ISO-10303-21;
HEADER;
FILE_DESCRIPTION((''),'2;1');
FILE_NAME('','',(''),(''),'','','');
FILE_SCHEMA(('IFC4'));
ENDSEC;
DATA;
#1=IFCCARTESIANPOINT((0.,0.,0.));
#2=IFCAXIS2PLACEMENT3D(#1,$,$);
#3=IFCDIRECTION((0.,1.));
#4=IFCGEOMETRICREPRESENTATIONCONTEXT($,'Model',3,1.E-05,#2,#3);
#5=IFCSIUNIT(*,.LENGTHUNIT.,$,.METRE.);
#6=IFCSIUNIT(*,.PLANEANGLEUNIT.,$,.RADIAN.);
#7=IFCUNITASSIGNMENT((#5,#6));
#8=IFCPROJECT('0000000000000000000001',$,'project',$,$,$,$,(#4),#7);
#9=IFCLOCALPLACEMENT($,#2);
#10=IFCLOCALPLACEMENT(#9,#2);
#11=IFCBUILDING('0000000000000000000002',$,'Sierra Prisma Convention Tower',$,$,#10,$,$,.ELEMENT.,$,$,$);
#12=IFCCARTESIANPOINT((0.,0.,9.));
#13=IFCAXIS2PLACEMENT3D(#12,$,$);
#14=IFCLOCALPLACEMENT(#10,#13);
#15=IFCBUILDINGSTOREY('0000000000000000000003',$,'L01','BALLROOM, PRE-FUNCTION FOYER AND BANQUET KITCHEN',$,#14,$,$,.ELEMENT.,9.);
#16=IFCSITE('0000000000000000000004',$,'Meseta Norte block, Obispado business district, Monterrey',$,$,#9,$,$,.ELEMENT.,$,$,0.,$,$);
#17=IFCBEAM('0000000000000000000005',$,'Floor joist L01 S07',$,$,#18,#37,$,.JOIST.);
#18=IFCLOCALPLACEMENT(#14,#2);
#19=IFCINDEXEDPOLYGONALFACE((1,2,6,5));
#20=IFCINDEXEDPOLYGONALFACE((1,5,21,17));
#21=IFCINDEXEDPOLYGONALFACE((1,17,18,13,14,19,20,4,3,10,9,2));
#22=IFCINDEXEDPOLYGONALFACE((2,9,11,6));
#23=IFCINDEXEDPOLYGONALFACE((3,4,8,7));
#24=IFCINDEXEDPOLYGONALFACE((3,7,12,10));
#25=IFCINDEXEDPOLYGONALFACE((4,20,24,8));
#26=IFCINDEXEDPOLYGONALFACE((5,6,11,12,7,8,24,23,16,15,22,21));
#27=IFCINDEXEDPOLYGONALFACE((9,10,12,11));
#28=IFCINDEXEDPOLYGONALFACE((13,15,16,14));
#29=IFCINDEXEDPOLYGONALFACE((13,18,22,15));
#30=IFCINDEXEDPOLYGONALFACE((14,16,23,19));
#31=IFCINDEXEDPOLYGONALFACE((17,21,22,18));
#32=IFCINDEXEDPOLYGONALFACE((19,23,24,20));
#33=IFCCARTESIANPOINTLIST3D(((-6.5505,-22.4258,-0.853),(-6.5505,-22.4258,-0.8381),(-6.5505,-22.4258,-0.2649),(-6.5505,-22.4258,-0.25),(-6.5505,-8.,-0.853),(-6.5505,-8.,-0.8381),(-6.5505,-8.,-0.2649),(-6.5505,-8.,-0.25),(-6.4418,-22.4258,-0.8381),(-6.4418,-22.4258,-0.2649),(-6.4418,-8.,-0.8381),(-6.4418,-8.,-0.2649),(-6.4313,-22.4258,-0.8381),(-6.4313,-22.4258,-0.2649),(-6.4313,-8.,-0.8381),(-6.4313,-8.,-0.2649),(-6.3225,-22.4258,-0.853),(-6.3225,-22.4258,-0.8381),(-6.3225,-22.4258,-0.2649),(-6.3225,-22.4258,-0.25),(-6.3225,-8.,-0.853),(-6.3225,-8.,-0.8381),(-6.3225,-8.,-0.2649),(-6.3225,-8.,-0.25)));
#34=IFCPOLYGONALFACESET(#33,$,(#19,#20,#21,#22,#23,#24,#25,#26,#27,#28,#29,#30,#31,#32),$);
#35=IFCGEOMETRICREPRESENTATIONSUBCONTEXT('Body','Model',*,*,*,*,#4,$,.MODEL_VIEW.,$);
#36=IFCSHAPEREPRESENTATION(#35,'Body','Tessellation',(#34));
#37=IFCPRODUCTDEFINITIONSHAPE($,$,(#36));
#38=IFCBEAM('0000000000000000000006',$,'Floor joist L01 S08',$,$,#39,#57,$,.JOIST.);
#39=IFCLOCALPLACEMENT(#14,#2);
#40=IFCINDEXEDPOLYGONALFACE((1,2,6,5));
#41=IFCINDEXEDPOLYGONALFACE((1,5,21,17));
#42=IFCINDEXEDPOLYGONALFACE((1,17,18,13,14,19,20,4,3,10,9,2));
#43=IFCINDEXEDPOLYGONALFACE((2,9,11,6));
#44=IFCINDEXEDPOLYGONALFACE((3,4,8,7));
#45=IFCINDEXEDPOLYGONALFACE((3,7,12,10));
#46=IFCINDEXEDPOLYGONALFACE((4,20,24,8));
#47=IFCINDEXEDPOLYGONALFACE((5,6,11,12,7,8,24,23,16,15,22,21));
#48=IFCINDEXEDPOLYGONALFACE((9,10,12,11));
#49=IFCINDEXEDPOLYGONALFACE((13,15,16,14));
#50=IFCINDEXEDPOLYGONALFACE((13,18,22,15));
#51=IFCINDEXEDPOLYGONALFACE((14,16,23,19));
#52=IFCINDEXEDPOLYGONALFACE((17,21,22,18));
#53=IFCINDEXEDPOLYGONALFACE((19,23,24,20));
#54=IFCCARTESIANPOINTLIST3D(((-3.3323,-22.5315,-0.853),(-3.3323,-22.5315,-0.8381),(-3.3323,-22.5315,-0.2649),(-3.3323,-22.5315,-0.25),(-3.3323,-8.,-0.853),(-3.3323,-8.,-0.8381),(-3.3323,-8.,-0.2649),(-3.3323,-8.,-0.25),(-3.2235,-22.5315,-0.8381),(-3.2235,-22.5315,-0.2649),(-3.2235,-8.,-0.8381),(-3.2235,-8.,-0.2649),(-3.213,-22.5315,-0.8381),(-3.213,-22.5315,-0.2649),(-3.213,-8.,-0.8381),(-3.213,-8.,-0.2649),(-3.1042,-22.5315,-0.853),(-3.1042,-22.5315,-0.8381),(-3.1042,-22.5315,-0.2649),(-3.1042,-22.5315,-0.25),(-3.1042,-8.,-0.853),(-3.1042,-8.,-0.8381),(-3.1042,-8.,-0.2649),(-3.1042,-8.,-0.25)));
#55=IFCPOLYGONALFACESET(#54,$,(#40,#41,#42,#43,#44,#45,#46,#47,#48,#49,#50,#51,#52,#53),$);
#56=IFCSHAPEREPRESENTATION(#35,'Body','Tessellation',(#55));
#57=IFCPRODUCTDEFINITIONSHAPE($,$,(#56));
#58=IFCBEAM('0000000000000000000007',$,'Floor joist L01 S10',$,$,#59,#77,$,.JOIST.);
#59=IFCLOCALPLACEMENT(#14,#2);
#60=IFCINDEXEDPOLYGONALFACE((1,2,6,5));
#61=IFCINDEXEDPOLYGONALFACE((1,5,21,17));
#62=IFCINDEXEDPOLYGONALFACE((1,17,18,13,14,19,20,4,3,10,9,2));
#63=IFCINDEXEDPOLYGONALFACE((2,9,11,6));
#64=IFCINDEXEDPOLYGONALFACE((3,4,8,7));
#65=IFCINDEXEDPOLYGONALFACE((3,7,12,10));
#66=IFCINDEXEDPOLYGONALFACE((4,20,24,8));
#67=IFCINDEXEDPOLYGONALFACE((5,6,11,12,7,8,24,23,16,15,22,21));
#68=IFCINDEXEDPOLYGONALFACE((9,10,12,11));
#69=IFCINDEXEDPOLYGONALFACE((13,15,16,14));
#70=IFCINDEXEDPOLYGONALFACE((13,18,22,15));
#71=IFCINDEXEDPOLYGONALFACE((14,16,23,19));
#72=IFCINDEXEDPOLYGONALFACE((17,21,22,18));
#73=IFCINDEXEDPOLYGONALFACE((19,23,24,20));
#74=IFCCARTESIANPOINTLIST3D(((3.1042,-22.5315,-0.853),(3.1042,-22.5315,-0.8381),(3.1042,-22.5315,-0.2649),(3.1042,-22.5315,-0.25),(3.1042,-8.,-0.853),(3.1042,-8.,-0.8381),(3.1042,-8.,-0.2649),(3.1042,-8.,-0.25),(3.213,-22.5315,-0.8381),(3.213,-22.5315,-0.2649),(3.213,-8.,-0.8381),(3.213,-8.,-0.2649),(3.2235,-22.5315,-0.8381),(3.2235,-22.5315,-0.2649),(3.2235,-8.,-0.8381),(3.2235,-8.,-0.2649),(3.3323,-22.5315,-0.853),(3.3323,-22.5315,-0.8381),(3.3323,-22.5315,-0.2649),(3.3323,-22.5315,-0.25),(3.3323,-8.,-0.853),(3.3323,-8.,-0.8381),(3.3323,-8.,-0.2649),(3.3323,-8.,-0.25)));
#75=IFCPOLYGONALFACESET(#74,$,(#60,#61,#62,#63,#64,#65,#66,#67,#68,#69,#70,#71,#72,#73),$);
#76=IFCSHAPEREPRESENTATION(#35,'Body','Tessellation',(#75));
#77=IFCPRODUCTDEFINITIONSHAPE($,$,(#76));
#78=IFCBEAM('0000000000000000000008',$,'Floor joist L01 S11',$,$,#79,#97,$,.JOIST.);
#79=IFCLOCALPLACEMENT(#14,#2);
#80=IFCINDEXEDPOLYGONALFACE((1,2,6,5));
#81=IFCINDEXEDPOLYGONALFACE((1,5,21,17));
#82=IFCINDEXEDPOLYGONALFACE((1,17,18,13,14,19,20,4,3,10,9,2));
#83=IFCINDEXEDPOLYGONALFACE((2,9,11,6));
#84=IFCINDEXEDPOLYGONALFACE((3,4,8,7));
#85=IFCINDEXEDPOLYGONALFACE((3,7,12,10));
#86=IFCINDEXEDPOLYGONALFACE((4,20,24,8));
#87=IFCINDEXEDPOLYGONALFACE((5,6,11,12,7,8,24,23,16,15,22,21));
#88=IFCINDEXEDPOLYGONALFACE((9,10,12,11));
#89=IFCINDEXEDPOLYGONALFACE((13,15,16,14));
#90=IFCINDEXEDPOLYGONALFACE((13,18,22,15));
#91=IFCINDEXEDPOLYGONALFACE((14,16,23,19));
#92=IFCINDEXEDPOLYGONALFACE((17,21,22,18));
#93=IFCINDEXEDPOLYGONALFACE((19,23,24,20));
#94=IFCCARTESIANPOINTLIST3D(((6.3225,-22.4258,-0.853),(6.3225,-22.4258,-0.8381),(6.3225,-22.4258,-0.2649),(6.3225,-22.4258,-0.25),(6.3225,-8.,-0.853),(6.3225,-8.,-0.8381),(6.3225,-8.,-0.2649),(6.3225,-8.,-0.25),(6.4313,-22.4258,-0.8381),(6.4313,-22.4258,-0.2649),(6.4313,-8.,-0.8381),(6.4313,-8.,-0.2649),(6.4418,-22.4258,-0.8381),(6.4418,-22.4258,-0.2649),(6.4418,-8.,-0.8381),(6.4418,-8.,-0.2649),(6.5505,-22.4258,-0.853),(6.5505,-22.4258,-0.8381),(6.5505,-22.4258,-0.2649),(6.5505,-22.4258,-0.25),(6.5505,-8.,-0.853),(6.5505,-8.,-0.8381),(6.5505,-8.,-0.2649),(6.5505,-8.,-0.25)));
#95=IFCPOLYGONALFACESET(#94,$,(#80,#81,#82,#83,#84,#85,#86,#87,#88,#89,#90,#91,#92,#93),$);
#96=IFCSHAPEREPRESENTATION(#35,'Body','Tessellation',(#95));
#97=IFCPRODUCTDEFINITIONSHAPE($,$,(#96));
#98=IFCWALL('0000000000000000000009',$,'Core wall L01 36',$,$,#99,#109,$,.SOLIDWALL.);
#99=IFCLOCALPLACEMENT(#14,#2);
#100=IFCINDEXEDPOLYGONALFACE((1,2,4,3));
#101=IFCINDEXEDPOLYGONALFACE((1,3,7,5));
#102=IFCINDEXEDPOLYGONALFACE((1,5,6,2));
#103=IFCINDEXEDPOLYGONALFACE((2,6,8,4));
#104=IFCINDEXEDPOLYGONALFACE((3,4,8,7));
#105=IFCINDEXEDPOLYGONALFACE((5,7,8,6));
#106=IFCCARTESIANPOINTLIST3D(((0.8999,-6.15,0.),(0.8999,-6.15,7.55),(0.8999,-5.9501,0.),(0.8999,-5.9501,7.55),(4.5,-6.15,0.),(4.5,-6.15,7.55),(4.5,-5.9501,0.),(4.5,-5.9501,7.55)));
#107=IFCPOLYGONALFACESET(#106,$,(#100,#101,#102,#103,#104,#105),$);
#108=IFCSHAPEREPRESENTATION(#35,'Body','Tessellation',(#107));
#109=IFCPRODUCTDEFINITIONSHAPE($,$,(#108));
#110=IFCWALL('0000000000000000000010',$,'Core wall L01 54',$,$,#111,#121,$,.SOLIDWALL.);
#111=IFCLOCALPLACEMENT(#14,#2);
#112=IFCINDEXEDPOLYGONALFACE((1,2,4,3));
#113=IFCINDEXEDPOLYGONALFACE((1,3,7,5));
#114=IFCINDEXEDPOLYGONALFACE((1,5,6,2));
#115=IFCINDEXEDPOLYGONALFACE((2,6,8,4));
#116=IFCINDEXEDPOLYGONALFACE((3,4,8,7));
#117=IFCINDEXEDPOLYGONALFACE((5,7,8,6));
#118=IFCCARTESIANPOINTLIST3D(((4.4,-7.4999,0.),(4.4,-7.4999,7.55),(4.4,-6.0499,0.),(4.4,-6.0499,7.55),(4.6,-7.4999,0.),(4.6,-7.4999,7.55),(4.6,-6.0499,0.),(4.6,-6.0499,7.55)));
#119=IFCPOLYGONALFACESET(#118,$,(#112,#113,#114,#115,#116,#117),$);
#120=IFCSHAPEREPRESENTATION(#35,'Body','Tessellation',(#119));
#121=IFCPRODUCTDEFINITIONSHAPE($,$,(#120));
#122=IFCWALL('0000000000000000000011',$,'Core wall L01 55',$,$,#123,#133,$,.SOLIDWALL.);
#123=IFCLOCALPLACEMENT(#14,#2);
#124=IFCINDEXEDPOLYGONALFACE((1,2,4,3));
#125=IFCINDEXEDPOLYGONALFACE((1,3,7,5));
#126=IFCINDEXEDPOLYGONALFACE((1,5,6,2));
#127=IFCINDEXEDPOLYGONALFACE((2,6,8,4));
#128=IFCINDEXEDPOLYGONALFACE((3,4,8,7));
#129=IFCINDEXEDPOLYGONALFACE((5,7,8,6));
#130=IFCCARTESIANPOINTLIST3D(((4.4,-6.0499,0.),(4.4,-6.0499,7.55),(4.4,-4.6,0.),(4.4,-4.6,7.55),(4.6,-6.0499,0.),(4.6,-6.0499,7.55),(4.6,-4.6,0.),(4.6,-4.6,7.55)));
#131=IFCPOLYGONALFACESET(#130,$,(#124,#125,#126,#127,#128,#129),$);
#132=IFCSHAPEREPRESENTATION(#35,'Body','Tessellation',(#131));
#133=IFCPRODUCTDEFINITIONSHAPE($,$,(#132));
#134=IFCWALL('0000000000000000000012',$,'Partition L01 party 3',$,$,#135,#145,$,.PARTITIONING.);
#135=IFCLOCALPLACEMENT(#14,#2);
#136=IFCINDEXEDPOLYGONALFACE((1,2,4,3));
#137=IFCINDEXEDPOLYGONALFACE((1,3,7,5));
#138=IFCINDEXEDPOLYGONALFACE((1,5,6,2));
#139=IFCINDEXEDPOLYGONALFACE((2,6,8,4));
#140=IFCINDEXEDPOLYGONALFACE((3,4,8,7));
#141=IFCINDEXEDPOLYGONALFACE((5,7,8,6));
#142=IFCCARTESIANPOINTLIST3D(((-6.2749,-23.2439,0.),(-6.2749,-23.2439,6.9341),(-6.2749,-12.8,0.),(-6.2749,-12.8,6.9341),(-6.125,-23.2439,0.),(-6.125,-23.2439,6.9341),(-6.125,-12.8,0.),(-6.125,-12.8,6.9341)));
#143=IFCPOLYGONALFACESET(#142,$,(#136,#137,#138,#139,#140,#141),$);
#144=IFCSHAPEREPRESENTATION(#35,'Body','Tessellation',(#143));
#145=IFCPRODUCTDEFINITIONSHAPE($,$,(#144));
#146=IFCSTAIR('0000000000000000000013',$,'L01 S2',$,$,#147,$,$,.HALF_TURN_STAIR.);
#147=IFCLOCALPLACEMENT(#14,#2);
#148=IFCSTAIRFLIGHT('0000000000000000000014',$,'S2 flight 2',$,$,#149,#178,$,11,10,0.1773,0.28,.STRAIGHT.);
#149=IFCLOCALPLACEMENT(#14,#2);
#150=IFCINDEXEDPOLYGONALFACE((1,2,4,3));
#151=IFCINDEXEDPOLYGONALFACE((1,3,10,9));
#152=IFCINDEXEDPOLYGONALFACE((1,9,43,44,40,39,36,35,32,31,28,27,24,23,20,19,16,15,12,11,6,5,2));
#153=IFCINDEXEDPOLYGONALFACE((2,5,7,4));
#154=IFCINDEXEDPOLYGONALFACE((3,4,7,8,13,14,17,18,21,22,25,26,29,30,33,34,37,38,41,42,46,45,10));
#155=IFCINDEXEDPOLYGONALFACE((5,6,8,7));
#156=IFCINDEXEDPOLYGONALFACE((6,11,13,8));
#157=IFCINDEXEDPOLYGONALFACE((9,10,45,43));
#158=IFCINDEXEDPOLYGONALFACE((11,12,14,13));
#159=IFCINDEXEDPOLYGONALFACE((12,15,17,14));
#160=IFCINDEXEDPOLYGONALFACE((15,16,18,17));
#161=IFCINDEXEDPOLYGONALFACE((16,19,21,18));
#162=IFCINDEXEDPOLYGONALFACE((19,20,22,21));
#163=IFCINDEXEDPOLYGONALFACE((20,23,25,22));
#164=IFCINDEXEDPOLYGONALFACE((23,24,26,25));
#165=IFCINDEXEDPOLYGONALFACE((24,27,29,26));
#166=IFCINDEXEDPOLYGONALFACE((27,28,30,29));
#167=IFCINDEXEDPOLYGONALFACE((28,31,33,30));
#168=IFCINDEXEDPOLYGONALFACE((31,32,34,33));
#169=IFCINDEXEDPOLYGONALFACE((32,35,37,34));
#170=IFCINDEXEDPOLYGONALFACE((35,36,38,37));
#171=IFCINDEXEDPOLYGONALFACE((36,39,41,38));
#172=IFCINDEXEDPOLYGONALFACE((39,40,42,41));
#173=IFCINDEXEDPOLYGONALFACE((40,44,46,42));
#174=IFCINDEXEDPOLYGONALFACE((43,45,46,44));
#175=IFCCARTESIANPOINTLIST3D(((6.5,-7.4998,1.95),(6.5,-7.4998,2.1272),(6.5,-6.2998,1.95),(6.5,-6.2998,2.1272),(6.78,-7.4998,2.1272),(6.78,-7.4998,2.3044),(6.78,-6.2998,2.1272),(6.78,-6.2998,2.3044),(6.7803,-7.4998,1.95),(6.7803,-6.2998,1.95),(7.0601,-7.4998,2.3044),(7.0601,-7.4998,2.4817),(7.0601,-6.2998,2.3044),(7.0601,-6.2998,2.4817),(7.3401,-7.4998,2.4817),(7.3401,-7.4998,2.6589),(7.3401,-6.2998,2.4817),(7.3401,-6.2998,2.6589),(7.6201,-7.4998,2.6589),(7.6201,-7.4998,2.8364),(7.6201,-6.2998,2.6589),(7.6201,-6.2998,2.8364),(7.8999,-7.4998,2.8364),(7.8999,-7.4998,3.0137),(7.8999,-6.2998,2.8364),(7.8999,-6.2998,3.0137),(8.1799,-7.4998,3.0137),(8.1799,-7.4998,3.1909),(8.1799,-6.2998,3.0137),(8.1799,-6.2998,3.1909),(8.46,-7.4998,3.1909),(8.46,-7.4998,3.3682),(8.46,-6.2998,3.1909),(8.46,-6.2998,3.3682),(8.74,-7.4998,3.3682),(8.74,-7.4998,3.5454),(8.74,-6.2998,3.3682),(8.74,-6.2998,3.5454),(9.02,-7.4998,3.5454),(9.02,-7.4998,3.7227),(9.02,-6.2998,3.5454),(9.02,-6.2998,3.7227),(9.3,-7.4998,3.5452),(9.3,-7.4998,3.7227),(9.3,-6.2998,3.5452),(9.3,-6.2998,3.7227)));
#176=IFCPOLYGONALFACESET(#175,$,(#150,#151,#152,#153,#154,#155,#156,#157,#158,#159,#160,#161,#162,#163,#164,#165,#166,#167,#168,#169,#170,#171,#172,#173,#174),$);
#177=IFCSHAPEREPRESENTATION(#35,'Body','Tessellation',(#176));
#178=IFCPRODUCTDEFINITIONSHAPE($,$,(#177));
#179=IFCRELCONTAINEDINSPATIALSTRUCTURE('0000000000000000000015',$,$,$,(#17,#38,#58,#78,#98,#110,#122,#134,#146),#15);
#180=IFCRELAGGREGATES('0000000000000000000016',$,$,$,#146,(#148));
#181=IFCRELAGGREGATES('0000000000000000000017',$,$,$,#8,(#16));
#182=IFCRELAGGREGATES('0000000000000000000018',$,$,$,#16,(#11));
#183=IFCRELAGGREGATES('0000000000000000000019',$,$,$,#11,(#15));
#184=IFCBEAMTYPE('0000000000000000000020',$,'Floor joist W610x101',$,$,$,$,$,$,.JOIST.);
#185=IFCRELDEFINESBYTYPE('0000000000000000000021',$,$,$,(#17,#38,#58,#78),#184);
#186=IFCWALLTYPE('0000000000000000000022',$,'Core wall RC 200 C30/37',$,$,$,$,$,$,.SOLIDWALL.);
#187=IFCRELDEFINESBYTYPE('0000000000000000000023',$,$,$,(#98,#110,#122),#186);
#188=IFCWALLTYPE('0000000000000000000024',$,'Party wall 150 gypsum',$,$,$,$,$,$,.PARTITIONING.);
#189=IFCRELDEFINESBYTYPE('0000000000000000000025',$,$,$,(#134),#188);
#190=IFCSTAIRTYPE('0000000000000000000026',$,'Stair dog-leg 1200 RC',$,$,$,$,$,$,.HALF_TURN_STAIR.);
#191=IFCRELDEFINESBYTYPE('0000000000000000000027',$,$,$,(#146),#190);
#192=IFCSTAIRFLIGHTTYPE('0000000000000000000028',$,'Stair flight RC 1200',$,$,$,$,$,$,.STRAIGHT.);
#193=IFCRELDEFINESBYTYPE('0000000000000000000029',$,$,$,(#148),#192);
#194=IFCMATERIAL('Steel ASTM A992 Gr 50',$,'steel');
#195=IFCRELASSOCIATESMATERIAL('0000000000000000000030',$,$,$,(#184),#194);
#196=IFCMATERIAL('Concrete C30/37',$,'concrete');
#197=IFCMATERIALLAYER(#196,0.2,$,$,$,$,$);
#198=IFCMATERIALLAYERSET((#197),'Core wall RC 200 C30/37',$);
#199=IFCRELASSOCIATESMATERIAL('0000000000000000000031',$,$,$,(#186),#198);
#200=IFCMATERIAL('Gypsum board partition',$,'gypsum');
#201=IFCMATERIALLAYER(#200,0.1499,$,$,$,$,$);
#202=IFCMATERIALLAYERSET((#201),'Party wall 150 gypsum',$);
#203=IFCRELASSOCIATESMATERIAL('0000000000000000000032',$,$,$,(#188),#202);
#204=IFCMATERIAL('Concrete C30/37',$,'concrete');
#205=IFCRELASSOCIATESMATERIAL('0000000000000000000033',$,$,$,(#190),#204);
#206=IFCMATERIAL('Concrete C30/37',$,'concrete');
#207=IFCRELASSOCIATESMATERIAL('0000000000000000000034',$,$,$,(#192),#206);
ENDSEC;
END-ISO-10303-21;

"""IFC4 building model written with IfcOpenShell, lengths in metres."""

from ifc_helpers import new_model, si_unit, direction, frame, frame_2d, origin, origin_2d, place, context, subcontext, project, spatial, polyline, rectangle, i_section, outline, extrude, material, layer, layer_set, material_profile, profile_set, type_object, element, aggregate, save


model = new_model("IFC4")

# Units and contexts
model_context = context("Model", 3, precision=1e-05, world=origin(), true_north=direction((0.0, 1.0)))
body_context = subcontext(model_context, "Body", "Model", "MODEL_VIEW")
ifc_project = project(units=[si_unit("LENGTHUNIT", "METRE"), si_unit("PLANEANGLEUNIT", "RADIAN")], contexts=[model_context])

# Site, building, storey
site_placement = place(None, origin())
site = spatial("IfcSite", under=ifc_project, at=site_placement, Name="Meseta Norte block, Obispado business district, Monterrey", CompositionType="ELEMENT", RefElevation=0.0)
building_placement = place(site_placement, origin())
building = spatial("IfcBuilding", under=site, at=building_placement, Name="Sierra Prisma Convention Tower", CompositionType="ELEMENT")
storey_placement = place(building_placement, frame((0.0, 0.0, 9.0)))
storey = spatial("IfcBuildingStorey", under=building, at=storey_placement, Name="L01", Description="BALLROOM, PRE-FUNCTION FOYER AND BANQUET KITCHEN", CompositionType="ELEMENT", Elevation=9.0)

# Beams
ifc_material_1 = material(Name="Steel ASTM A992 Gr 50", Category="steel")
ifc_material_profile = material_profile(ifc_material_1, i_section(OverallWidth=0.228, OverallDepth=0.603, WebThickness=0.0105, FlangeThickness=0.0149, at=origin_2d()), Name="W610x101")
ifc_profile_set = profile_set([ifc_material_profile], Name="Steel ASTM A992 Gr 50")
beam_type = type_object("IfcBeamType", Name="Floor joist W610x101", PredefinedType="JOIST", material=ifc_profile_set)
beam_1_placement = place(storey_placement, frame((-6.4365, -22.4258, -0.5515), z_axis=(0.0, 1.0, 0.0), x_axis=(-1.0, 0.0, 0.0)))
element("IfcBeam", 1, at=beam_1_placement, inside=storey, type_object=beam_type, Name="Floor joist L01 S07", PredefinedType="JOIST", context=body_context, shape_type="SweptSolid", body=[
    extrude(i_section(OverallWidth=0.228, OverallDepth=0.603, WebThickness=0.0105, FlangeThickness=0.0149, at=origin_2d()), origin(), (0.0, 0.0, 1.0), 14.4258),
])
for number, where, z_axis, x_axis, name in (
    (2, (-3.2183, -22.5315, -0.5515), (0.0, 1.0, 0.0), (-1.0, 0.0, 0.0), "Floor joist L01 S08"),
    (3, (3.2183, -22.5315, -0.5515), (0.0, 1.0, 0.0), (-1.0, 0.0, 0.0), "Floor joist L01 S10"),
):
    element("IfcBeam", number, at=place(storey_placement, frame(where, z_axis=z_axis, x_axis=x_axis)), inside=storey, type_object=beam_type, Name=name, PredefinedType="JOIST", context=body_context, shape_type="SweptSolid", body=[
        extrude(i_section(OverallWidth=0.228, OverallDepth=0.603, WebThickness=0.0105, FlangeThickness=0.0149, at=origin_2d()), origin(), (0.0, 0.0, 1.0), 14.5315),
    ])
beam_2_placement = place(storey_placement, frame((6.4365, -22.4258, -0.5515), z_axis=(0.0, 1.0, 0.0), x_axis=(-1.0, 0.0, 0.0)))
element("IfcBeam", 4, at=beam_2_placement, inside=storey, type_object=beam_type, Name="Floor joist L01 S11", PredefinedType="JOIST", context=body_context, shape_type="SweptSolid", body=[
    extrude(i_section(OverallWidth=0.228, OverallDepth=0.603, WebThickness=0.0105, FlangeThickness=0.0149, at=origin_2d()), origin(), (0.0, 0.0, 1.0), 14.4258),
])

# Shared definitions
ifc_material_2 = material(Name="Concrete C30/37", Category="concrete")
ifc_layer_1 = layer(ifc_material_2, 0.2)
ifc_layer_set_1 = layer_set([ifc_layer_1], Name="Core wall RC 200 C30/37")
wall_type_1 = type_object("IfcWallType", Name="Core wall RC 200 C30/37", PredefinedType="SOLIDWALL", material=ifc_layer_set_1)

# Walls
wall_1_placement = place(storey_placement, frame((4.5, -6.05, 0.0), z_axis=(0.0, 0.0, 1.0), x_axis=(-1.0, 0.0, 0.0)))
element("IfcWall", 5, at=wall_1_placement, inside=storey, type_object=wall_type_1, Name="Core wall L01 36", PredefinedType="SOLIDWALL", context=body_context, shape_type="SweptSolid", body=[
    extrude(rectangle(XDim=3.6001, YDim=0.2, at=frame_2d((1.8, 0.0))), origin(), (0.0, 0.0, 1.0), 7.55),
])
for number, where, z_axis, x_axis, name in (
    (6, (4.5, -7.5, 0.0), (0.0, 0.0, 1.0), (0.0, 1.0, 0.0), "Core wall L01 54"),
    (7, (4.5, -6.05, 0.0), (0.0, 0.0, 1.0), (0.0, 1.0, 0.0), "Core wall L01 55"),
):
    element("IfcWall", number, at=place(storey_placement, frame(where, z_axis=z_axis, x_axis=x_axis)), inside=storey, type_object=wall_type_1, Name=name, PredefinedType="SOLIDWALL", context=body_context, shape_type="SweptSolid", body=[
        extrude(rectangle(XDim=1.45, YDim=0.2, at=frame_2d((0.7251, 0.0))), origin(), (0.0, 0.0, 1.0), 7.55),
    ])
ifc_material_3 = material(Name="Gypsum board partition", Category="gypsum")
ifc_layer_2 = layer(ifc_material_3, 0.1499)
ifc_layer_set_2 = layer_set([ifc_layer_2], Name="Party wall 150 gypsum")
wall_type_2 = type_object("IfcWallType", Name="Party wall 150 gypsum", PredefinedType="PARTITIONING", material=ifc_layer_set_2)
wall_2_placement = place(storey_placement, frame((-6.2, -12.8, 0.0), z_axis=(0.0, 0.0, 1.0), x_axis=(0.0, -1.0, 0.0)))
element("IfcWall", 8, at=wall_2_placement, inside=storey, type_object=wall_type_2, Name="Partition L01 party 3", PredefinedType="PARTITIONING", context=body_context, shape_type="SweptSolid", body=[
    extrude(rectangle(XDim=10.4438, YDim=0.1499, at=frame_2d((5.2219, 0.0))), origin(), (0.0, 0.0, 1.0), 6.9341),
])

# Stair, stair flight
ifc_material_4 = material(Name="Concrete C30/37", Category="concrete")
stair_type = type_object("IfcStairType", Name="Stair dog-leg 1200 RC", PredefinedType="HALF_TURN_STAIR", material=ifc_material_4)
stair_placement = place(storey_placement, origin())
stair = element("IfcStair", 9, at=stair_placement, inside=storey, type_object=stair_type, Name="L01 S2", PredefinedType="HALF_TURN_STAIR")
ifc_material_5 = material(Name="Concrete C30/37", Category="concrete")
stair_flight_type = type_object("IfcStairFlightType", Name="Stair flight RC 1200", PredefinedType="STRAIGHT", material=ifc_material_5)
stair_flight_1_placement = place(storey_placement, frame((6.5, -6.8999, 1.95), z_axis=(0.0, 0.0, 1.0), x_axis=(1.0, 0.0, 0.0)))
stair_flight_1 = element("IfcStairFlight", 10, at=stair_flight_1_placement, type_object=stair_flight_type, Name="S2 flight 2", NumberOfRisers=11, NumberOfTreads=10, PredefinedType="STRAIGHT", RiserHeight=0.1773, TreadLength=0.28, context=body_context, shape_type="SweptSolid", body=[
    extrude(outline(polyline([(0.0, 0.0), (0.0, 0.1772), (0.28, 0.1772), (0.28, 0.3545), (0.5601, 0.3545), (0.5601, 0.5317), (0.8401, 0.5317), (0.8401, 0.709), (1.1201, 0.709), (1.1201, 0.8865), (1.3999, 0.8865), (1.3999, 1.0637), (1.6799, 1.0637), (1.6799, 1.241), (1.96, 1.241), (1.96, 1.4182), (2.24, 1.4182), (2.24, 1.5955), (2.52, 1.5955), (2.52, 1.7727), (2.8, 1.7727), (2.8, 1.95), (2.8, 1.5952), (0.2803, 0.0), (0.0, 0.0)])), frame((0.0, 0.6001, 0.0), z_axis=(0.0, -1.0, 0.0), x_axis=(1.0, 0.0, 0.0)), (0.0, 0.0, 1.0), 1.2),
])
aggregate(stair, [stair_flight_1])

save(model, "model.ifc")
